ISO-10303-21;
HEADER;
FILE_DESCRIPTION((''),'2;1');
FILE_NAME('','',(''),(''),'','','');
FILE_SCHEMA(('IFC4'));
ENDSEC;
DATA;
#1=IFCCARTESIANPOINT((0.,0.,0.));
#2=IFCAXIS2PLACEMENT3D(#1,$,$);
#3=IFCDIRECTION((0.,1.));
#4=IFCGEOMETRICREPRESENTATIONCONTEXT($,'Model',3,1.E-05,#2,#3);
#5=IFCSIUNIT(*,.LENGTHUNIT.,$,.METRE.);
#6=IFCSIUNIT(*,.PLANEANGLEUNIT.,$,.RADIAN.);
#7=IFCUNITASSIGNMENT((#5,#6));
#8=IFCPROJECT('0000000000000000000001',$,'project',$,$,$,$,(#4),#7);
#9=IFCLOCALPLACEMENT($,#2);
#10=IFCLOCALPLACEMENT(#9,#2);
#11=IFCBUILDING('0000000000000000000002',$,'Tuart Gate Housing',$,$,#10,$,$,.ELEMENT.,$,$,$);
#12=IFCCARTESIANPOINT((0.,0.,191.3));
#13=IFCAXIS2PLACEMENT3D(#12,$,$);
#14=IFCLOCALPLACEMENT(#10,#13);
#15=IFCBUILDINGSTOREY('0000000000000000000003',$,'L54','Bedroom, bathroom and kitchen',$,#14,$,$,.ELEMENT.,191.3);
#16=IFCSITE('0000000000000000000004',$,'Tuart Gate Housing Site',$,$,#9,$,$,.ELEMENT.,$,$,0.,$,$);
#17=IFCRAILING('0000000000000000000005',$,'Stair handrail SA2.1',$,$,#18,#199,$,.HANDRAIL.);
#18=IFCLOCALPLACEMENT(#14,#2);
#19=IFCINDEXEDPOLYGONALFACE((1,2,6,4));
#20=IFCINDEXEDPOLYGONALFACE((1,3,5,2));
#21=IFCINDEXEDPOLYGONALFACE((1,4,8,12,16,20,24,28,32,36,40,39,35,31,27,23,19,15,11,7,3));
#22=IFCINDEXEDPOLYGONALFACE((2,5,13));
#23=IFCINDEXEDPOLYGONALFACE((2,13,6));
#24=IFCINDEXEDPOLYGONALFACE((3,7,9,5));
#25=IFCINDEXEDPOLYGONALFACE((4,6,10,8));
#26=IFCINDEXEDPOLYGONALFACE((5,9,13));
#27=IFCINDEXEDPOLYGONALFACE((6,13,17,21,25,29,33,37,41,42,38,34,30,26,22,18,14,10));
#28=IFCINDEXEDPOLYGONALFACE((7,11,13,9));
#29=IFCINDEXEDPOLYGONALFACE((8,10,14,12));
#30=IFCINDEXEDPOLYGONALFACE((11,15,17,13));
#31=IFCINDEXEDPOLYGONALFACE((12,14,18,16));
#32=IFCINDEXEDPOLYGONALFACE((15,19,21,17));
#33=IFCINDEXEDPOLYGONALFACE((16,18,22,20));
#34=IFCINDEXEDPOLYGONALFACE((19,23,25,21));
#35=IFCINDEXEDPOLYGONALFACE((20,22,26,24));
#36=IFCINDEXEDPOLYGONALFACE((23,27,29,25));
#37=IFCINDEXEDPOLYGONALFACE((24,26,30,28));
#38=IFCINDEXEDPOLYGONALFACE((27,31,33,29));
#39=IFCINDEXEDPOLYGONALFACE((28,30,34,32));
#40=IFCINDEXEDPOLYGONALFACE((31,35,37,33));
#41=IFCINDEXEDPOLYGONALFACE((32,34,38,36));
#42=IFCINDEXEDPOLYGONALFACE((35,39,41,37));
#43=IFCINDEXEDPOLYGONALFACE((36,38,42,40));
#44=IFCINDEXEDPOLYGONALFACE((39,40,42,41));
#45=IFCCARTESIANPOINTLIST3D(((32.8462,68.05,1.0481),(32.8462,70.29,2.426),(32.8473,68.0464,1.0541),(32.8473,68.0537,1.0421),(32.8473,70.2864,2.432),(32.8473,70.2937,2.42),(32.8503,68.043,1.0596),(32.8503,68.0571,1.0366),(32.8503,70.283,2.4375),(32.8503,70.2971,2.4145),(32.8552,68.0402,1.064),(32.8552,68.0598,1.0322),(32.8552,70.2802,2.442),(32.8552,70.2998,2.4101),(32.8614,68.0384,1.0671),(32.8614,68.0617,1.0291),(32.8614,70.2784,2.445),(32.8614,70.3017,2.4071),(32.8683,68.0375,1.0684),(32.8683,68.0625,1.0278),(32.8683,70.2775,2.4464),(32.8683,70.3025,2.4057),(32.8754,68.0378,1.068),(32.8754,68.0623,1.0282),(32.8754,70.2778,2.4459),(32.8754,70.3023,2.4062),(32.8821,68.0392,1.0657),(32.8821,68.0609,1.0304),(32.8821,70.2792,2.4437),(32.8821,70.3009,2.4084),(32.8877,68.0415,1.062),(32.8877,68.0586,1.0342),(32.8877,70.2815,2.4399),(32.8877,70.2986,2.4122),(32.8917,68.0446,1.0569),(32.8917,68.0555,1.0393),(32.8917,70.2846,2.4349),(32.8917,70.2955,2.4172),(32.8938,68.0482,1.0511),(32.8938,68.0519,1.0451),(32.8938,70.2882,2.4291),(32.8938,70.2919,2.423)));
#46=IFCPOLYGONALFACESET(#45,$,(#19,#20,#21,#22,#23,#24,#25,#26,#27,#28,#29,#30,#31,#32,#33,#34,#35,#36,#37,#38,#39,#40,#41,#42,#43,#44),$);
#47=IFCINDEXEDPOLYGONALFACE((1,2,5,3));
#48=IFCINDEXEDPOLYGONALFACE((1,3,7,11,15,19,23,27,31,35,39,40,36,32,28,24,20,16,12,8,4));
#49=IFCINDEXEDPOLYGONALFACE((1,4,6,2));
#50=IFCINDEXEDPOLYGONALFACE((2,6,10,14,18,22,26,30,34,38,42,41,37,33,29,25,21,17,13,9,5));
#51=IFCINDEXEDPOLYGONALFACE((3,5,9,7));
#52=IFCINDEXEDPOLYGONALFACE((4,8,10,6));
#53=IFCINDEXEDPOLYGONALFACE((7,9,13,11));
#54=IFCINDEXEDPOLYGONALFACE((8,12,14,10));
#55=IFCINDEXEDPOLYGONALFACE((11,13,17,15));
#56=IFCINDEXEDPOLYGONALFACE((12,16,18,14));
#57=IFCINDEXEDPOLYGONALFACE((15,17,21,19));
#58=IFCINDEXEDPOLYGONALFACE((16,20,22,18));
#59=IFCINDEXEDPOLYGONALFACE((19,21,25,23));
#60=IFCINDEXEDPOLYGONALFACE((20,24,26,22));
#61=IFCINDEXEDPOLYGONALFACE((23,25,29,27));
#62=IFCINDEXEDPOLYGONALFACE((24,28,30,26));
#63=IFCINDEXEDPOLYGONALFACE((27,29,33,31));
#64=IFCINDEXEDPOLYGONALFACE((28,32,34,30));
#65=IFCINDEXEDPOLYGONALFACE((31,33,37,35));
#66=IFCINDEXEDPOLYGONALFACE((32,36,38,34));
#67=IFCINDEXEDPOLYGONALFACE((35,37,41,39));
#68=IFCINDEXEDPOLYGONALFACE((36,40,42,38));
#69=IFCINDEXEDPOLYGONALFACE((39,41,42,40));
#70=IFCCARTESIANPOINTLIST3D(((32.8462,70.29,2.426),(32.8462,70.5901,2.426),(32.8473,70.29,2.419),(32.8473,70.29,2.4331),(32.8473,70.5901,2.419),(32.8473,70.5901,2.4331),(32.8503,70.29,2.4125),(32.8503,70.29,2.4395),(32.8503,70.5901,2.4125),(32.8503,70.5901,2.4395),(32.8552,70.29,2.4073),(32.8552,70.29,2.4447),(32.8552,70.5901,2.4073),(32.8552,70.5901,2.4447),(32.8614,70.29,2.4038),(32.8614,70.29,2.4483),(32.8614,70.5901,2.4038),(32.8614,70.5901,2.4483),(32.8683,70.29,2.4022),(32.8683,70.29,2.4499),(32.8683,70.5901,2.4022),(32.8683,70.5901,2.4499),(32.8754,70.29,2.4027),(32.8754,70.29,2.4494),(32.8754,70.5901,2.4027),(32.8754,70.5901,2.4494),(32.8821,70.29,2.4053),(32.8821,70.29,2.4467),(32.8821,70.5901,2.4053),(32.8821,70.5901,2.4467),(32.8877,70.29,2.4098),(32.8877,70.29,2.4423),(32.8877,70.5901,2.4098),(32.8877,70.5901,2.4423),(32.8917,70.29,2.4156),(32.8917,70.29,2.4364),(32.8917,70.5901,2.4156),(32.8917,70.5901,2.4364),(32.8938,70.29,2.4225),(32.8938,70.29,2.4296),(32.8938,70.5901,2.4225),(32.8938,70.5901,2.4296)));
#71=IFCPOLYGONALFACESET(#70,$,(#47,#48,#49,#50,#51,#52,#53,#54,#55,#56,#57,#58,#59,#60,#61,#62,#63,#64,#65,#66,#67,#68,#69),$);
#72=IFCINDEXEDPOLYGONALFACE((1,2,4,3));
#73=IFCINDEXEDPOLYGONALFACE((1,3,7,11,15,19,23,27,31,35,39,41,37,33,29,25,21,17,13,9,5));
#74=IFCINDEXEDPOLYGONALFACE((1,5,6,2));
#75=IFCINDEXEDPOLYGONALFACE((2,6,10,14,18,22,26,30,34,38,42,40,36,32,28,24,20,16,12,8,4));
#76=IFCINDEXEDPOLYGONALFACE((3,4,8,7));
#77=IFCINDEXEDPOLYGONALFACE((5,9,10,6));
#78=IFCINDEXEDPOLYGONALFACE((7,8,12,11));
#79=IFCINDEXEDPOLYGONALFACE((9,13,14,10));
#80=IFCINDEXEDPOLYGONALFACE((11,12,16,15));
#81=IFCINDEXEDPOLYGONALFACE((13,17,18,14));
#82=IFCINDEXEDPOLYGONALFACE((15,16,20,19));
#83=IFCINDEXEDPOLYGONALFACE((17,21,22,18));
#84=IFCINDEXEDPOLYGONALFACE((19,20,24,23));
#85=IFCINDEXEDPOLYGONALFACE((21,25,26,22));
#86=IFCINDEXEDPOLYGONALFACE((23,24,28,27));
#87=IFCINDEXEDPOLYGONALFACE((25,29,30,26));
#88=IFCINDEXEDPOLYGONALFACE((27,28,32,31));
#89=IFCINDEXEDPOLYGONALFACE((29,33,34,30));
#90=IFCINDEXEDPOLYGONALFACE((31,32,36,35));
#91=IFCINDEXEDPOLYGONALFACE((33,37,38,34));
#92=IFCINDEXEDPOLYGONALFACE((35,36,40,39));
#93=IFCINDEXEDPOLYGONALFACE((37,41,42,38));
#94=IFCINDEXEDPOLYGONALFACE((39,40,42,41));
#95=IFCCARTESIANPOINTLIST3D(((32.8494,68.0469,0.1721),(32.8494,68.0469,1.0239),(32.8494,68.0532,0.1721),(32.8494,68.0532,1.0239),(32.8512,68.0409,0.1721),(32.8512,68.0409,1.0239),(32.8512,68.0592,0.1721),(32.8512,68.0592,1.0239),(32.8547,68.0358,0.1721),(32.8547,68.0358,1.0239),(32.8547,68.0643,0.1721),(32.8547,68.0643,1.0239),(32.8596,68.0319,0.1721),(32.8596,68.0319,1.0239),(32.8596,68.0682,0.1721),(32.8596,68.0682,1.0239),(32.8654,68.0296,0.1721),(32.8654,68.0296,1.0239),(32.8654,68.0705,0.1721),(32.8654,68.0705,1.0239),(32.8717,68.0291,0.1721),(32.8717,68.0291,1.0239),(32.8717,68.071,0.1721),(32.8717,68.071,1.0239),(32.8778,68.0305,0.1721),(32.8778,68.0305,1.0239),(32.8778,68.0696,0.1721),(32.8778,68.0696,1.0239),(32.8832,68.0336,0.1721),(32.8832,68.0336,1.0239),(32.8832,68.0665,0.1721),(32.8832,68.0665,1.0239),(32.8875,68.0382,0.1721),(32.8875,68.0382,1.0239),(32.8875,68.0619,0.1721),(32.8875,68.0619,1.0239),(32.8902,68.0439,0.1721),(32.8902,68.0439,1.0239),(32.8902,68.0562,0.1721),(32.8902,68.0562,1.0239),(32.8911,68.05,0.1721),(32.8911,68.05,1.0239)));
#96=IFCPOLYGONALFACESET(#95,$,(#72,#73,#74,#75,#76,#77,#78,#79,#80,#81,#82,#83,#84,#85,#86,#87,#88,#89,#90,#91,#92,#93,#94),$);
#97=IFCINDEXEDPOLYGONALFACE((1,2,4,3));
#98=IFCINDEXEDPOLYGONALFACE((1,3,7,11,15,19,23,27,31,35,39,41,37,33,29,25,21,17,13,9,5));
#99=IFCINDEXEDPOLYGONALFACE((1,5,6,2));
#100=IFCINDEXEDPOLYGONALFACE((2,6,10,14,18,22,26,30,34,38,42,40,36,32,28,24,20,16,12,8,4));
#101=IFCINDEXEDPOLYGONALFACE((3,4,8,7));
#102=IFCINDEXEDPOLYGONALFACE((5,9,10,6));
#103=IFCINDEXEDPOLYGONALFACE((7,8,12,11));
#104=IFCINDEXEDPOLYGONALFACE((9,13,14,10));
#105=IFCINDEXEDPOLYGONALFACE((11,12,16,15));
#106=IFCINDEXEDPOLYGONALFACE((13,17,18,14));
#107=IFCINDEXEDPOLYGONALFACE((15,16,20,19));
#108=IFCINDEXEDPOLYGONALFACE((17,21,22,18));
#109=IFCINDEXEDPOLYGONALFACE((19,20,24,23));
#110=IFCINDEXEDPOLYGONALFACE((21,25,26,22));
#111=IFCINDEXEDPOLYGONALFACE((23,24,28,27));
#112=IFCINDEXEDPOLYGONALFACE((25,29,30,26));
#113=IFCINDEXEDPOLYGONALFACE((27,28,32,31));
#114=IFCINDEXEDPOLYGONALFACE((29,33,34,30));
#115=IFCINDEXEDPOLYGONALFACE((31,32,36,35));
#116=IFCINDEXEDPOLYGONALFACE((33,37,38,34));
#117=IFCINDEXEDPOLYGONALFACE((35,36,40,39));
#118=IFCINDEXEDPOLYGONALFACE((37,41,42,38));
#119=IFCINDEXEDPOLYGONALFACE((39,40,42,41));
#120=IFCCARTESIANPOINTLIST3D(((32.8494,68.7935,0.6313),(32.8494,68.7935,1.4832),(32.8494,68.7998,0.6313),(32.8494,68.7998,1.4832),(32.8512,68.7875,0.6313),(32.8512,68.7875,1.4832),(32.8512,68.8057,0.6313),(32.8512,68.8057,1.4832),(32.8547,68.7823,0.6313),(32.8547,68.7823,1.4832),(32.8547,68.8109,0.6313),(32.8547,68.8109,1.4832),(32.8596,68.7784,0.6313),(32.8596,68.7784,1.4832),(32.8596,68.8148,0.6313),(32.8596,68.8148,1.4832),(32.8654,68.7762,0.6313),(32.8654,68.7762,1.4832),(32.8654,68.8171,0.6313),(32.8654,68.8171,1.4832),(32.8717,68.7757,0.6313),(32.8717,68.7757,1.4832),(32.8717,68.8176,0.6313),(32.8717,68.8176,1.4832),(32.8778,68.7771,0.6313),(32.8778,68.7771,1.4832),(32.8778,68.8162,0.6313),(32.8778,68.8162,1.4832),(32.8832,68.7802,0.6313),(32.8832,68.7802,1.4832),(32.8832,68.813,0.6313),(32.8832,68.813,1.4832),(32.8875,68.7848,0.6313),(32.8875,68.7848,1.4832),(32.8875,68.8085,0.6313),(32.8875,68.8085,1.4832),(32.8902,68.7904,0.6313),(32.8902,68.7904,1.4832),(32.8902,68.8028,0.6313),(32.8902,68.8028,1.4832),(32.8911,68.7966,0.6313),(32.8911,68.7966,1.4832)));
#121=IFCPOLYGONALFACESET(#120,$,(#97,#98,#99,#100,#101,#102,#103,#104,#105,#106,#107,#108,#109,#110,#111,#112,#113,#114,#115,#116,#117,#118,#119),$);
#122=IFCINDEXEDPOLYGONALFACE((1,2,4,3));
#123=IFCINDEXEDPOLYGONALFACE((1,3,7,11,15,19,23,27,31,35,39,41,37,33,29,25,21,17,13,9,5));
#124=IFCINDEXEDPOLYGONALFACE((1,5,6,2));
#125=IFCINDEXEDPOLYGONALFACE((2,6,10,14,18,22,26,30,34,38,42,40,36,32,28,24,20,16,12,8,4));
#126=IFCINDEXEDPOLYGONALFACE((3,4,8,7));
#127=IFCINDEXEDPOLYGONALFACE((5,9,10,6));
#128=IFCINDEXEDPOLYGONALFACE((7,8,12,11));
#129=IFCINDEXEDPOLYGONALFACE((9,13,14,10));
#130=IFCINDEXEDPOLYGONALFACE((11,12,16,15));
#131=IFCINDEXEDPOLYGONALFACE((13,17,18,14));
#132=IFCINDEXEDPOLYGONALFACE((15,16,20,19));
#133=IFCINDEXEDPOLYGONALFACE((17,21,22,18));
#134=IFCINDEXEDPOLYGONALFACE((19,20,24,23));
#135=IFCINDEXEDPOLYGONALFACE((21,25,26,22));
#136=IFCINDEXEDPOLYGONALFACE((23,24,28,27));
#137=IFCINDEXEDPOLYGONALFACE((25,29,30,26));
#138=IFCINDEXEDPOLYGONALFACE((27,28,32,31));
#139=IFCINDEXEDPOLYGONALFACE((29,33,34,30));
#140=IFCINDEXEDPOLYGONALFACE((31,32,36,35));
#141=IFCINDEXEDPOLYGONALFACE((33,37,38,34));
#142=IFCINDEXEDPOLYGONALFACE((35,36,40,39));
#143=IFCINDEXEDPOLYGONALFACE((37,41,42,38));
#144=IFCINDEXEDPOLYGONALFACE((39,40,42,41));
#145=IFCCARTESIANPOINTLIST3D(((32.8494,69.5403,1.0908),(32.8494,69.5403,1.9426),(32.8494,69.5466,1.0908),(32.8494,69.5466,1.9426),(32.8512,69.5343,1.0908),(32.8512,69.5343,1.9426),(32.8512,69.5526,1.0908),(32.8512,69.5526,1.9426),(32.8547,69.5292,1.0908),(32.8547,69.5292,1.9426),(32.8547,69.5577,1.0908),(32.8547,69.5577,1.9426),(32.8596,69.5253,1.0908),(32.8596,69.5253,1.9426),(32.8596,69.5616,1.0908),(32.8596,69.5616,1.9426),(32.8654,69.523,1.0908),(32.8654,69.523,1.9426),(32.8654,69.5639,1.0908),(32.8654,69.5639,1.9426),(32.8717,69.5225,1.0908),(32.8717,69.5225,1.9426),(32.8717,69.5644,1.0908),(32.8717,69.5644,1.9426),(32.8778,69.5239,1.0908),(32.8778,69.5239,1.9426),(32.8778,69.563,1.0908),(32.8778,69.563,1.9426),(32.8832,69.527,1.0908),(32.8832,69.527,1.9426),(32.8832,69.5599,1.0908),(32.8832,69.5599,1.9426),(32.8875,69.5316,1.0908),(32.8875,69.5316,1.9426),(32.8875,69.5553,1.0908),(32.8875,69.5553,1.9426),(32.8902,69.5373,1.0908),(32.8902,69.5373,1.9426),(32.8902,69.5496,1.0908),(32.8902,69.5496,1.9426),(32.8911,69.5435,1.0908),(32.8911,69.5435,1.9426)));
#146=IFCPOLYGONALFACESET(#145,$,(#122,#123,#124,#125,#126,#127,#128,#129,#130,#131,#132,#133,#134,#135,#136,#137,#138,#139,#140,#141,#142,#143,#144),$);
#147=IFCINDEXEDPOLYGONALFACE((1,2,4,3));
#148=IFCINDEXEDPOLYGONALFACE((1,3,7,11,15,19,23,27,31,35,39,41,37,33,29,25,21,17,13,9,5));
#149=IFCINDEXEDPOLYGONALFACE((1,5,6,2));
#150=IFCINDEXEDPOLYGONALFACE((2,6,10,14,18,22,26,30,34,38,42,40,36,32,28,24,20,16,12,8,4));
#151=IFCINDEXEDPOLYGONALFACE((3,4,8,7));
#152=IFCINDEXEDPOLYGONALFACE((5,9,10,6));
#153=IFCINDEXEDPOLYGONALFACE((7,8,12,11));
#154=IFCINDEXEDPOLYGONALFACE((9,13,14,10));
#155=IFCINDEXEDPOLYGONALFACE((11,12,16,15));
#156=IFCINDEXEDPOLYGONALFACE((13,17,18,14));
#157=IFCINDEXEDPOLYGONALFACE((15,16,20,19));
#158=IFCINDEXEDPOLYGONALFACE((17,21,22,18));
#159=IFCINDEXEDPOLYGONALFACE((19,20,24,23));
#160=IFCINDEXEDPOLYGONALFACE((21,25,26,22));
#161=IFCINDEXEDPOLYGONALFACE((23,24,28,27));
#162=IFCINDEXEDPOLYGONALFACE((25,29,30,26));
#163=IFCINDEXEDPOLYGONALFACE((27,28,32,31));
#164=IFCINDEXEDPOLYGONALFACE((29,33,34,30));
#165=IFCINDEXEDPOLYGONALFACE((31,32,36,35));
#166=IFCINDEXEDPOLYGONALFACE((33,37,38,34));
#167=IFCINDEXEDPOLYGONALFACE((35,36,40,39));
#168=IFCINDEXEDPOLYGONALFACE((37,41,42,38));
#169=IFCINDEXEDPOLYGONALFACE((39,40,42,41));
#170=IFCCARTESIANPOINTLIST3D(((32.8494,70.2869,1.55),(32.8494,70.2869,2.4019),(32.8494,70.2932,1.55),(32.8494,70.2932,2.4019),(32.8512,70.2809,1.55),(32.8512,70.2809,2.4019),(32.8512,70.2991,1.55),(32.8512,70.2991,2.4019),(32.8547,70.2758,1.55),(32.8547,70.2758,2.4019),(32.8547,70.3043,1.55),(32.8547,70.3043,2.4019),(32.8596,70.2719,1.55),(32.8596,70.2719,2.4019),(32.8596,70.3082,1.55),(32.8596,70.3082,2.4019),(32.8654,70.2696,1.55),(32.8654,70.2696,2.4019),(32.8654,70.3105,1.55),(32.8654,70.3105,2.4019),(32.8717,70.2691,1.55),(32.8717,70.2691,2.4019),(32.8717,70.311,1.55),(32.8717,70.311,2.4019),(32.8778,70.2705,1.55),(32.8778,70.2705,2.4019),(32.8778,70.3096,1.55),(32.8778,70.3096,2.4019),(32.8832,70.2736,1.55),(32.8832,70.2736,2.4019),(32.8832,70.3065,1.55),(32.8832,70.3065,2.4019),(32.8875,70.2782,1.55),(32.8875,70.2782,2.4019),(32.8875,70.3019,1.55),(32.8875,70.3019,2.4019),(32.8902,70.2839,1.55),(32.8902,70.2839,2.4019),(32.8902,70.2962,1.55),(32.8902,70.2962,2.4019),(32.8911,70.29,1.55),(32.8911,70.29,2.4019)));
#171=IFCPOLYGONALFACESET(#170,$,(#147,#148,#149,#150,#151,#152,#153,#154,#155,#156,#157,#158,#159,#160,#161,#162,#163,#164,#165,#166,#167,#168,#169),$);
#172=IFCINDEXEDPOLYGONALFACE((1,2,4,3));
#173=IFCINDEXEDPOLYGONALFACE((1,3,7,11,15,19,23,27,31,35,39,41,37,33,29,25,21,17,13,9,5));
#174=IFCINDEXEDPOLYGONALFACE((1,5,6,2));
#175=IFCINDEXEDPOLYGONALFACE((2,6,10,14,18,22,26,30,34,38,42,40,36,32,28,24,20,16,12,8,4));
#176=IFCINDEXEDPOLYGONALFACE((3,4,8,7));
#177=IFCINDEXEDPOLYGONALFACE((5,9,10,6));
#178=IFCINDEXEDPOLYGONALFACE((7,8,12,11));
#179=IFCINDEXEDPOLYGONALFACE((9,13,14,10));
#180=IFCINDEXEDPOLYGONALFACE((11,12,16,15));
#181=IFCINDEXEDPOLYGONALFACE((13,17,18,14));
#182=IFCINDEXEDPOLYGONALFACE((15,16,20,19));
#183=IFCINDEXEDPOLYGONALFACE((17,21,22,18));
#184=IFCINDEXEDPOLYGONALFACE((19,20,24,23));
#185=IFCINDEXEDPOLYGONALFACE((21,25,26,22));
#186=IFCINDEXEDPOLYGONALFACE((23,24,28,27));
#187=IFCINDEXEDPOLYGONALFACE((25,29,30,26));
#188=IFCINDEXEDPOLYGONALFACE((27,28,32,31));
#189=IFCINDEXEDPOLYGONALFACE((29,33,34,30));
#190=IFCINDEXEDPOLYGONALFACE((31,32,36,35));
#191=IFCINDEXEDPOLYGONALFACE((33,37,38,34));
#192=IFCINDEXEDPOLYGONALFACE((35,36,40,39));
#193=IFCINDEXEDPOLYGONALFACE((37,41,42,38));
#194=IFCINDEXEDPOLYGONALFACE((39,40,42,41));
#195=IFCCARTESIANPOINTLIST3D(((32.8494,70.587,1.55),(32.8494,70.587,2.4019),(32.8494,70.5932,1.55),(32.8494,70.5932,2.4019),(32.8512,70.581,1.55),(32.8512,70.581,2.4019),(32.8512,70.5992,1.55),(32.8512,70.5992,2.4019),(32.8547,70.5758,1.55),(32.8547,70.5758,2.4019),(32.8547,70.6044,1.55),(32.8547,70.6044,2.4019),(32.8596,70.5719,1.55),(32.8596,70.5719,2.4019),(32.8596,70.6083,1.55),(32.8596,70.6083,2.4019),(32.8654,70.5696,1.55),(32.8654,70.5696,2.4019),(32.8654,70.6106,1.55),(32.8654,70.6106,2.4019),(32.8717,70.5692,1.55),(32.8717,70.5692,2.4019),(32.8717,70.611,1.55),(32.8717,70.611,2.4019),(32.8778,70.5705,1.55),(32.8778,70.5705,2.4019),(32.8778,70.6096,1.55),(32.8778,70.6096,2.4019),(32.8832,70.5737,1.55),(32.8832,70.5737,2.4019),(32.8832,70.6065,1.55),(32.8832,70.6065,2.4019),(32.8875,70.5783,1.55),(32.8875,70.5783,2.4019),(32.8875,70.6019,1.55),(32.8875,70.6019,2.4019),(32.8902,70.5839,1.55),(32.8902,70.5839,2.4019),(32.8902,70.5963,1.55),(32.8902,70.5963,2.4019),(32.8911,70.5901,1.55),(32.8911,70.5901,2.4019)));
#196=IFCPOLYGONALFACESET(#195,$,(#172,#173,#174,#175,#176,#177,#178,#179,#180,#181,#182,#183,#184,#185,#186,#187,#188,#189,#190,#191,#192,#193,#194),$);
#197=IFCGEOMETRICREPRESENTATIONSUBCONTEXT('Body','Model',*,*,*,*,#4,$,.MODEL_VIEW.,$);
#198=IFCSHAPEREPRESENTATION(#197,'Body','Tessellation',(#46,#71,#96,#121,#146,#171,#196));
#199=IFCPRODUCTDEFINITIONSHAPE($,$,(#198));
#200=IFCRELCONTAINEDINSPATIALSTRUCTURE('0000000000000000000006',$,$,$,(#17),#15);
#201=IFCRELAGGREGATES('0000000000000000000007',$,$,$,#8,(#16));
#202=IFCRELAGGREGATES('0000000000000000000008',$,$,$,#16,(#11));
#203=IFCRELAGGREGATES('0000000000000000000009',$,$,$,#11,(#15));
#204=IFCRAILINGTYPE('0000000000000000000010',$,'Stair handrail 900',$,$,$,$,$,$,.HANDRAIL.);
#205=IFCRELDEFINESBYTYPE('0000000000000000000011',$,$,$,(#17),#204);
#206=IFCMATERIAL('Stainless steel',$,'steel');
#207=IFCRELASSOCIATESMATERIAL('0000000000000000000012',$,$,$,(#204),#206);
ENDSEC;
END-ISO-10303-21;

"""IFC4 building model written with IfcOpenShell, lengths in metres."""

from ifc_helpers import new_model, si_unit, direction, frame, origin, origin_2d, place, context, subcontext, project, spatial, circle, extrude, material, type_object, element, save


model = new_model("IFC4")

# Units and contexts
model_context = context("Model", 3, precision=1e-05, world=origin(), true_north=direction((0.0, 1.0)))
body_context = subcontext(model_context, "Body", "Model", "MODEL_VIEW")
ifc_project = project(units=[si_unit("LENGTHUNIT", "METRE"), si_unit("PLANEANGLEUNIT", "RADIAN")], contexts=[model_context])

# Site, building, storey
site_placement = place(None, origin())
site = spatial("IfcSite", under=ifc_project, at=site_placement, Name="Tuart Gate Housing Site", CompositionType="ELEMENT", RefElevation=0.0)
building_placement = place(site_placement, origin())
building = spatial("IfcBuilding", under=site, at=building_placement, Name="Tuart Gate Housing", CompositionType="ELEMENT")
storey_placement = place(building_placement, frame((0.0, 0.0, 191.3)))
storey = spatial("IfcBuildingStorey", under=building, at=storey_placement, Name="L54", Description="Bedroom, bathroom and kitchen", CompositionType="ELEMENT", Elevation=191.3)

# Railing
ifc_material_1 = material(Name="Stainless steel", Category="steel")
railing_type = type_object("IfcRailingType", Name="Stair handrail 900", PredefinedType="HANDRAIL", material=ifc_material_1)
railing_placement = place(storey_placement, frame((32.8701, 68.05, 0.1721)))
element("IfcRailing", 1, at=railing_placement, inside=storey, type_object=railing_type, Name="Stair handrail SA2.1", PredefinedType="HANDRAIL", context=body_context, shape_type="SweptSolid", body=[
    extrude(circle(Radius=0.0239, at=origin_2d()), frame((0.0, 0.0, 0.876), z_axis=(0.0, 0.851748, 0.523952), x_axis=(-1.0, 0.0, 0.0)), (0.0, 0.0, 1.0), 2.6299),
    extrude(circle(Radius=0.0239, at=origin_2d()), frame((0.0, 2.24, 2.2539), z_axis=(0.0, 1.0, 0.0), x_axis=(-1.0, 0.0, 0.0)), (0.0, 0.0, 1.0), 0.3),
    extrude(circle(Radius=0.021, at=origin_2d()), origin(), (0.0, 0.0, 1.0), 0.8518),
    extrude(circle(Radius=0.021, at=origin_2d()), frame((0.0, 0.7466, 0.4592)), (0.0, 0.0, 1.0), 0.8518),
    extrude(circle(Radius=0.021, at=origin_2d()), frame((0.0, 1.4934, 0.9187)), (0.0, 0.0, 1.0), 0.8518),
    extrude(circle(Radius=0.021, at=origin_2d()), frame((0.0, 2.24, 1.3779)), (0.0, 0.0, 1.0), 0.8518),
    extrude(circle(Radius=0.021, at=origin_2d()), frame((0.0, 2.54, 1.3779)), (0.0, 0.0, 1.0), 0.8518),
])

save(model, "model.ifc")
